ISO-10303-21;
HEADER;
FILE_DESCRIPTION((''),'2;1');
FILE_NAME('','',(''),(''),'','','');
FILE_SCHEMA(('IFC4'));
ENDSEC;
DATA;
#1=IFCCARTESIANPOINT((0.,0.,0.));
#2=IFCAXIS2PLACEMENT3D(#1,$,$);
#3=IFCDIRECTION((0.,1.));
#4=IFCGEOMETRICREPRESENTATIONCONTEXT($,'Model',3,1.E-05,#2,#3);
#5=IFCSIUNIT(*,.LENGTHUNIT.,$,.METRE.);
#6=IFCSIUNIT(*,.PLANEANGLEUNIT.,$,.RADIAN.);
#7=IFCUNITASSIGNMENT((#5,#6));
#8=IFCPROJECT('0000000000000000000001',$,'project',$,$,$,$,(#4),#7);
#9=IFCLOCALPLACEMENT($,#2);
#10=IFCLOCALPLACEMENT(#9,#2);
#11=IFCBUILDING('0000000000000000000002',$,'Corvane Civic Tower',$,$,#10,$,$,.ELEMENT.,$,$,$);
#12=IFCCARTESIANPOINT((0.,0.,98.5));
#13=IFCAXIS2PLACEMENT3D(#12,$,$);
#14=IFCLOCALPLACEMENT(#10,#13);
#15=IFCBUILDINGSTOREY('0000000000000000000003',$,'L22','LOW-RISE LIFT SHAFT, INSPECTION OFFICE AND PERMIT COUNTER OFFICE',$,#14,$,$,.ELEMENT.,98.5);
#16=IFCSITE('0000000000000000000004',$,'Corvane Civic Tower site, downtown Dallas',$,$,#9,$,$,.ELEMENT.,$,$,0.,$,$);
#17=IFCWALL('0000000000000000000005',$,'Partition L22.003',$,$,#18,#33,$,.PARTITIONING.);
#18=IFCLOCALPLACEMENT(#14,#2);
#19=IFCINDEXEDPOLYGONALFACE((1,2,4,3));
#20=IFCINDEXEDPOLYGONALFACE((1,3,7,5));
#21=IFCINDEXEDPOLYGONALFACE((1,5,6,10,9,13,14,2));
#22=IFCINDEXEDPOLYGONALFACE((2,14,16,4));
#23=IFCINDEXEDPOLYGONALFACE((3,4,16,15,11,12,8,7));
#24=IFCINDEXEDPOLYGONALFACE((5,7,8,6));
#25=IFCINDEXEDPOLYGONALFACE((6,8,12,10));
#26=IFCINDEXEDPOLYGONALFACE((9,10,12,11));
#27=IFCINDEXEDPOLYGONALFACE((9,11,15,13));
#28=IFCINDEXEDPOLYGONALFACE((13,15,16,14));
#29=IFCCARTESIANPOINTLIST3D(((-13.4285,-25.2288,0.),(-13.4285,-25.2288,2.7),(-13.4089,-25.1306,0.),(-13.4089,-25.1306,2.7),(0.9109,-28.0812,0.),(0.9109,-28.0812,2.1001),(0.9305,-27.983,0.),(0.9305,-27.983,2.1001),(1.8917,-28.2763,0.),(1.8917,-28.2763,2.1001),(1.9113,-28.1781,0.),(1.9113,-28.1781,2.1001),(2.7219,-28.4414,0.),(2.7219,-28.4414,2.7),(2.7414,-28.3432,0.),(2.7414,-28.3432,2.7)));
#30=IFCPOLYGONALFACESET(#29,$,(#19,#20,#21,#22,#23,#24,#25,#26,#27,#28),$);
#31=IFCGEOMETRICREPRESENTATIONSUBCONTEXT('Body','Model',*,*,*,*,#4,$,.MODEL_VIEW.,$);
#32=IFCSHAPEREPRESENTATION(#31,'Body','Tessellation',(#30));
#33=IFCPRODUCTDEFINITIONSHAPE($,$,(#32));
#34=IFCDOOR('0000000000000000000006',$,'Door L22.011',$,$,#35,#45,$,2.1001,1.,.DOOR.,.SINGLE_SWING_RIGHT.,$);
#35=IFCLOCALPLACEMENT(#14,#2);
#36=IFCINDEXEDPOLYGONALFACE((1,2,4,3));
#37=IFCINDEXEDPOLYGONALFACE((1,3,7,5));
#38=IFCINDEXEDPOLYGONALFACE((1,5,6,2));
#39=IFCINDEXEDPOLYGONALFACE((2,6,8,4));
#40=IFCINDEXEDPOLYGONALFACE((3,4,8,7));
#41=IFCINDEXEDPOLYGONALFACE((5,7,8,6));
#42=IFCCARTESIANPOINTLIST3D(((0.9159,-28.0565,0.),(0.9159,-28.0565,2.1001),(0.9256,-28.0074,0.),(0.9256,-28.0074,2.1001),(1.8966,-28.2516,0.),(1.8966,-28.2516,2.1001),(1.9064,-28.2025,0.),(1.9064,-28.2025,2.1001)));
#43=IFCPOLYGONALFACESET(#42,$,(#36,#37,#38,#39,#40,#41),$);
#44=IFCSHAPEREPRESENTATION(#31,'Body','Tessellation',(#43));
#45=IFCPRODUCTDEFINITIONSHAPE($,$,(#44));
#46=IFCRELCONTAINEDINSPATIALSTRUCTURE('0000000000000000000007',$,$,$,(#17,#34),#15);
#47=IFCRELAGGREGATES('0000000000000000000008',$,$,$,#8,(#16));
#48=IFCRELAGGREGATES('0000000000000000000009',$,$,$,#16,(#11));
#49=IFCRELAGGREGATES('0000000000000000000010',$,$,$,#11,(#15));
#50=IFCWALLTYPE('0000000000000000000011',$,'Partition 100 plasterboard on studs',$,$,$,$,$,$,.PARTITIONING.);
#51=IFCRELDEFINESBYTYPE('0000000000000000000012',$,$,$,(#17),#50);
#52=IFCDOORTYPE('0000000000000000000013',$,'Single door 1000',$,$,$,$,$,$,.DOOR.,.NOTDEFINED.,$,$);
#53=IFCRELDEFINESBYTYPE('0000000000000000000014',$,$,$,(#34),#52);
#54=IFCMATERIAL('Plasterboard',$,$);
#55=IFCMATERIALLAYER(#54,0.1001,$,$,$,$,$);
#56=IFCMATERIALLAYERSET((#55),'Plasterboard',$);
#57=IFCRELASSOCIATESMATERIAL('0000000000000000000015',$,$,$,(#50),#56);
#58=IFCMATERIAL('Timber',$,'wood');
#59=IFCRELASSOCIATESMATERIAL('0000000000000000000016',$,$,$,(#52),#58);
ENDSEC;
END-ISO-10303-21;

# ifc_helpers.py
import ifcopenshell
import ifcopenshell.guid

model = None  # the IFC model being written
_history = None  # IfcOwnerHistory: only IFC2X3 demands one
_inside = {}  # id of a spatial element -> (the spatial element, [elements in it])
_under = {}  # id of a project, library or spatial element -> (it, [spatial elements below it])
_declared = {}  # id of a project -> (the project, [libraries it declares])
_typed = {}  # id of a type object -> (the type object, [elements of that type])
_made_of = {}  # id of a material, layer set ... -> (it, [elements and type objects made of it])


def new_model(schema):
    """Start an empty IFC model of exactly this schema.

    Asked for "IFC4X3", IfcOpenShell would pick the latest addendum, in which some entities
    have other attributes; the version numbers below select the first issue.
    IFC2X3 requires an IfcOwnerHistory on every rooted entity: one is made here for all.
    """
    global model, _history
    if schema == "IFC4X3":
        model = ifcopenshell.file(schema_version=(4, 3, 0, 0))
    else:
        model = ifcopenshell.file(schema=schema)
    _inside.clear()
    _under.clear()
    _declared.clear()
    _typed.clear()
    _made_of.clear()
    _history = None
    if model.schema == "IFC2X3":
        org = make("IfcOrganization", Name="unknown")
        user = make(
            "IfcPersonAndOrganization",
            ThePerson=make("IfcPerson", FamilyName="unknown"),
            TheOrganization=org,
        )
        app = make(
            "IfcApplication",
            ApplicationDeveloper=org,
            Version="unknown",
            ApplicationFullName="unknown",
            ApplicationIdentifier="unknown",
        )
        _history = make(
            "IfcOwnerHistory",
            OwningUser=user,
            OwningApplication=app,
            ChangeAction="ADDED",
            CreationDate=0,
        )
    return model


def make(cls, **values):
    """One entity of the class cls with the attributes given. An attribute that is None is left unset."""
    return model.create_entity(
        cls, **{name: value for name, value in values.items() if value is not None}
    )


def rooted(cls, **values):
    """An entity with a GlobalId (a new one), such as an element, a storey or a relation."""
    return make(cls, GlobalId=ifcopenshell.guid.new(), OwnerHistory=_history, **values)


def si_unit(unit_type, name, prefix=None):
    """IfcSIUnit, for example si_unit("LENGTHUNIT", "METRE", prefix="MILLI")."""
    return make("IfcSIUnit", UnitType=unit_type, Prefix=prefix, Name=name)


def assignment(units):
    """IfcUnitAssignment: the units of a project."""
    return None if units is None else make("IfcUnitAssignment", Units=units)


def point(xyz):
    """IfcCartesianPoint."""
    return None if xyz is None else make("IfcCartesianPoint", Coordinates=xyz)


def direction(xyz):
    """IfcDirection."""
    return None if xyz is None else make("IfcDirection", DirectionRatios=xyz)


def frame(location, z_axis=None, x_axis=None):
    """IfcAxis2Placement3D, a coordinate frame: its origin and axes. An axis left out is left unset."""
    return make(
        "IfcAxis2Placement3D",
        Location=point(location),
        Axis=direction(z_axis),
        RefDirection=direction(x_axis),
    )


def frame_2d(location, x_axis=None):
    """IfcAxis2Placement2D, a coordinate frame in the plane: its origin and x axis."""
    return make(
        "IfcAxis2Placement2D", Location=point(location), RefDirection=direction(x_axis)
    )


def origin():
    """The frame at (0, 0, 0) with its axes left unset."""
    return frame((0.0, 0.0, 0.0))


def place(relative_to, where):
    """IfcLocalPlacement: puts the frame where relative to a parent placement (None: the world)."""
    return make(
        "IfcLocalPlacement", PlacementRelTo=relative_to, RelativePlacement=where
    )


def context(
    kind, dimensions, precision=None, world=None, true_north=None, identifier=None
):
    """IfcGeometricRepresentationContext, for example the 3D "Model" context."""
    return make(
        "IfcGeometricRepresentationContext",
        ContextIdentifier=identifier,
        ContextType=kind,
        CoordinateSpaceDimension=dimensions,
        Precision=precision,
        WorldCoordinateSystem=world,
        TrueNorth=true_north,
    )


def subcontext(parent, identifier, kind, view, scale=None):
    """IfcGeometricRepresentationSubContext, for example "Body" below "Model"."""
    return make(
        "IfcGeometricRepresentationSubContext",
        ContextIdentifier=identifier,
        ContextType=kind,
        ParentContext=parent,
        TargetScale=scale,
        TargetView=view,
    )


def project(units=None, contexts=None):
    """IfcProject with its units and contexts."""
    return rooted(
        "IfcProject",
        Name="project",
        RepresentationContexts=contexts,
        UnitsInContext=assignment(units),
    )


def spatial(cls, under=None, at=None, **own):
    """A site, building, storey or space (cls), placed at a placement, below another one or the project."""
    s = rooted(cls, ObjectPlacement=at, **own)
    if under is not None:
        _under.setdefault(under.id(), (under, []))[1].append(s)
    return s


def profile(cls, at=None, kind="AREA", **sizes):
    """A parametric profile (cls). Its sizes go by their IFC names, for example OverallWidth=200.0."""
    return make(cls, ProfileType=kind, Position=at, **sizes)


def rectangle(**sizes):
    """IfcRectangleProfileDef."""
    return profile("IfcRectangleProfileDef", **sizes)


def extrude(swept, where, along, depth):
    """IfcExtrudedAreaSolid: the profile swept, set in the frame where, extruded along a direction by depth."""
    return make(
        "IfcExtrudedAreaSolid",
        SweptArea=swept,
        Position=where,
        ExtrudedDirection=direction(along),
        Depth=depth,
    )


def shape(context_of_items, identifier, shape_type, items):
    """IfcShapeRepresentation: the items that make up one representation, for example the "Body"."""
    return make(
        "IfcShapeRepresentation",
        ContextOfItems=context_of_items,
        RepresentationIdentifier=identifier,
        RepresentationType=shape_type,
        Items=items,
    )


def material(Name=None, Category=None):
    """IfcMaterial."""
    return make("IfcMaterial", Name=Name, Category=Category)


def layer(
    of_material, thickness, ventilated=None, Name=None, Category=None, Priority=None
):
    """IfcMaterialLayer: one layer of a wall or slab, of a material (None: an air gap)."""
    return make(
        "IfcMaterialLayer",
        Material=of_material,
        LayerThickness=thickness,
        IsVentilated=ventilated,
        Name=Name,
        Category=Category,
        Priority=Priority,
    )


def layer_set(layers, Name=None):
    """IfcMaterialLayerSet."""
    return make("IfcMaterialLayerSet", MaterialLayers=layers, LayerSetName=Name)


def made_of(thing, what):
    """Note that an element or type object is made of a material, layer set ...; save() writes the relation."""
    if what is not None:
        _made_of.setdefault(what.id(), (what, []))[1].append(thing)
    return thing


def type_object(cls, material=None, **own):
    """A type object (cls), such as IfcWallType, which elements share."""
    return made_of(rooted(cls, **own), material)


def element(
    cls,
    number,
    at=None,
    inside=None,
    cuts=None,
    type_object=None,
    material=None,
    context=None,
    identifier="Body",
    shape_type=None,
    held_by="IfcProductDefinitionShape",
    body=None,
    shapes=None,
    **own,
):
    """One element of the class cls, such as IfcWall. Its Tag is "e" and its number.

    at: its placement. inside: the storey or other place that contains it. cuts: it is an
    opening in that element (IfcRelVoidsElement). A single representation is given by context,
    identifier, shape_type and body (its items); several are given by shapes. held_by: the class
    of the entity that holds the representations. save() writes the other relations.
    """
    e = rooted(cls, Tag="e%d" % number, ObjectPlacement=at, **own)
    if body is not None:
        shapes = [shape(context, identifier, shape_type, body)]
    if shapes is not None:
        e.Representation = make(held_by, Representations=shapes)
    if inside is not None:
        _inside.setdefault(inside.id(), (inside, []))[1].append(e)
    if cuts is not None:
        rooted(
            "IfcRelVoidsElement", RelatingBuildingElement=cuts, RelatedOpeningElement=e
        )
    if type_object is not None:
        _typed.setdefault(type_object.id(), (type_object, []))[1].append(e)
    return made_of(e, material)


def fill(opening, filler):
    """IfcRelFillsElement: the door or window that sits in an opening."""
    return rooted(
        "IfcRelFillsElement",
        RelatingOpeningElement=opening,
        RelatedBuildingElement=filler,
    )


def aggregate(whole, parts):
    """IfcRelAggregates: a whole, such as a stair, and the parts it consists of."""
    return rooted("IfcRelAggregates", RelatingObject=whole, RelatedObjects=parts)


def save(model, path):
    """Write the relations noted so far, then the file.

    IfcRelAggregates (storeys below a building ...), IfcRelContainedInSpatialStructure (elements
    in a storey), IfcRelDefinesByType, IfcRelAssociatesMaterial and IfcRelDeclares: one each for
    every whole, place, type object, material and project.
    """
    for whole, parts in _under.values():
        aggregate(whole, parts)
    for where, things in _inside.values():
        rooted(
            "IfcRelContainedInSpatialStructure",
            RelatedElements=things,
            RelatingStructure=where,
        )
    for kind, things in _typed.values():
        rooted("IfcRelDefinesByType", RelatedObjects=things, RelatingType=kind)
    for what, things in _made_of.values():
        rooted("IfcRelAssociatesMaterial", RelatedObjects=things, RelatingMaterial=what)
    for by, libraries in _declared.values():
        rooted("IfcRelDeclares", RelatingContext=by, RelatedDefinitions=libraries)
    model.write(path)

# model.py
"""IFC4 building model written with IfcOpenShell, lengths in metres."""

from ifc_helpers import new_model, si_unit, direction, frame, frame_2d, origin, place, context, subcontext, project, spatial, rectangle, extrude, material, layer, layer_set, type_object, element, fill, save


model = new_model("IFC4")

# Units and contexts
model_context = context("Model", 3, precision=1e-05, world=origin(), true_north=direction((0.0, 1.0)))
body_context = subcontext(model_context, "Body", "Model", "MODEL_VIEW")
ifc_project = project(units=[si_unit("LENGTHUNIT", "METRE"), si_unit("PLANEANGLEUNIT", "RADIAN")], contexts=[model_context])

# Site, building, storey
site_placement = place(None, origin())
site = spatial("IfcSite", under=ifc_project, at=site_placement, Name="Corvane Civic Tower site, downtown Dallas", CompositionType="ELEMENT", RefElevation=0.0)
building_placement = place(site_placement, origin())
building = spatial("IfcBuilding", under=site, at=building_placement, Name="Corvane Civic Tower", CompositionType="ELEMENT")
storey_placement = place(building_placement, frame((0.0, 0.0, 98.5)))
storey = spatial("IfcBuildingStorey", under=building, at=storey_placement, Name="L22", Description="LOW-RISE LIFT SHAFT, INSPECTION OFFICE AND PERMIT COUNTER OFFICE", CompositionType="ELEMENT", Elevation=98.5)

# Wall, opening, door
ifc_material_1 = material(Name="Plasterboard")
ifc_layer_1 = layer(ifc_material_1, 0.1001)
ifc_layer_set_1 = layer_set([ifc_layer_1], Name="Plasterboard")
wall_type_1 = type_object("IfcWallType", Name="Partition 100 plasterboard on studs", PredefinedType="PARTITIONING", material=ifc_layer_set_1)
wall_1_placement = place(storey_placement, frame((-13.4187, -25.1797, 0.0), z_axis=(0.0, 0.0, 1.0), x_axis=(0.980784, -0.195098, 0.0)))
wall_1 = element("IfcWall", 1, at=wall_1_placement, inside=storey, type_object=wall_type_1, Name="Partition L22.003", PredefinedType="PARTITIONING", context=body_context, shape_type="SweptSolid", body=[
    extrude(rectangle(XDim=16.4668, YDim=0.1001, at=frame_2d((8.2334, 0.0))), origin(), (0.0, 0.0, 1.0), 2.7),
])
opening_placement = place(wall_1_placement, frame((14.6204, 0.0, 0.0)))
opening = element("IfcOpeningElement", 2, at=opening_placement, cuts=wall_1, PredefinedType="OPENING", context=body_context, shape_type="SweptSolid", body=[
    extrude(rectangle(XDim=1.0, YDim=2.1001, at=frame_2d((0.5, 1.05))), frame((0.0, 0.0601, 0.0), z_axis=(0.0, -1.0, 0.0), x_axis=(1.0, 0.0, 0.0)), (0.0, 0.0, 1.0), 0.1201),
])
ifc_material_2 = material(Name="Timber", Category="wood")
door_type = type_object("IfcDoorType", Name="Single door 1000", OperationType="NOTDEFINED", PredefinedType="DOOR", material=ifc_material_2)
door_placement = place(opening_placement, frame((1.0, 0.0, 0.0), z_axis=(0.0, 0.0, 1.0), x_axis=(-1.0, 0.0, 0.0)))
door = element("IfcDoor", 3, at=door_placement, inside=storey, type_object=door_type, Name="Door L22.011", OperationType="SINGLE_SWING_RIGHT", OverallHeight=2.1001, OverallWidth=1.0, PredefinedType="DOOR", context=body_context, shape_type="SweptSolid", body=[
    extrude(rectangle(XDim=1.0, YDim=2.1001, at=frame_2d((0.5, 1.05))), frame((0.0, 0.0249, 0.0), z_axis=(0.0, -1.0, 0.0), x_axis=(1.0, 0.0, 0.0)), (0.0, 0.0, 1.0), 0.05),
])
fill(opening, door)

save(model, "model.ifc")
